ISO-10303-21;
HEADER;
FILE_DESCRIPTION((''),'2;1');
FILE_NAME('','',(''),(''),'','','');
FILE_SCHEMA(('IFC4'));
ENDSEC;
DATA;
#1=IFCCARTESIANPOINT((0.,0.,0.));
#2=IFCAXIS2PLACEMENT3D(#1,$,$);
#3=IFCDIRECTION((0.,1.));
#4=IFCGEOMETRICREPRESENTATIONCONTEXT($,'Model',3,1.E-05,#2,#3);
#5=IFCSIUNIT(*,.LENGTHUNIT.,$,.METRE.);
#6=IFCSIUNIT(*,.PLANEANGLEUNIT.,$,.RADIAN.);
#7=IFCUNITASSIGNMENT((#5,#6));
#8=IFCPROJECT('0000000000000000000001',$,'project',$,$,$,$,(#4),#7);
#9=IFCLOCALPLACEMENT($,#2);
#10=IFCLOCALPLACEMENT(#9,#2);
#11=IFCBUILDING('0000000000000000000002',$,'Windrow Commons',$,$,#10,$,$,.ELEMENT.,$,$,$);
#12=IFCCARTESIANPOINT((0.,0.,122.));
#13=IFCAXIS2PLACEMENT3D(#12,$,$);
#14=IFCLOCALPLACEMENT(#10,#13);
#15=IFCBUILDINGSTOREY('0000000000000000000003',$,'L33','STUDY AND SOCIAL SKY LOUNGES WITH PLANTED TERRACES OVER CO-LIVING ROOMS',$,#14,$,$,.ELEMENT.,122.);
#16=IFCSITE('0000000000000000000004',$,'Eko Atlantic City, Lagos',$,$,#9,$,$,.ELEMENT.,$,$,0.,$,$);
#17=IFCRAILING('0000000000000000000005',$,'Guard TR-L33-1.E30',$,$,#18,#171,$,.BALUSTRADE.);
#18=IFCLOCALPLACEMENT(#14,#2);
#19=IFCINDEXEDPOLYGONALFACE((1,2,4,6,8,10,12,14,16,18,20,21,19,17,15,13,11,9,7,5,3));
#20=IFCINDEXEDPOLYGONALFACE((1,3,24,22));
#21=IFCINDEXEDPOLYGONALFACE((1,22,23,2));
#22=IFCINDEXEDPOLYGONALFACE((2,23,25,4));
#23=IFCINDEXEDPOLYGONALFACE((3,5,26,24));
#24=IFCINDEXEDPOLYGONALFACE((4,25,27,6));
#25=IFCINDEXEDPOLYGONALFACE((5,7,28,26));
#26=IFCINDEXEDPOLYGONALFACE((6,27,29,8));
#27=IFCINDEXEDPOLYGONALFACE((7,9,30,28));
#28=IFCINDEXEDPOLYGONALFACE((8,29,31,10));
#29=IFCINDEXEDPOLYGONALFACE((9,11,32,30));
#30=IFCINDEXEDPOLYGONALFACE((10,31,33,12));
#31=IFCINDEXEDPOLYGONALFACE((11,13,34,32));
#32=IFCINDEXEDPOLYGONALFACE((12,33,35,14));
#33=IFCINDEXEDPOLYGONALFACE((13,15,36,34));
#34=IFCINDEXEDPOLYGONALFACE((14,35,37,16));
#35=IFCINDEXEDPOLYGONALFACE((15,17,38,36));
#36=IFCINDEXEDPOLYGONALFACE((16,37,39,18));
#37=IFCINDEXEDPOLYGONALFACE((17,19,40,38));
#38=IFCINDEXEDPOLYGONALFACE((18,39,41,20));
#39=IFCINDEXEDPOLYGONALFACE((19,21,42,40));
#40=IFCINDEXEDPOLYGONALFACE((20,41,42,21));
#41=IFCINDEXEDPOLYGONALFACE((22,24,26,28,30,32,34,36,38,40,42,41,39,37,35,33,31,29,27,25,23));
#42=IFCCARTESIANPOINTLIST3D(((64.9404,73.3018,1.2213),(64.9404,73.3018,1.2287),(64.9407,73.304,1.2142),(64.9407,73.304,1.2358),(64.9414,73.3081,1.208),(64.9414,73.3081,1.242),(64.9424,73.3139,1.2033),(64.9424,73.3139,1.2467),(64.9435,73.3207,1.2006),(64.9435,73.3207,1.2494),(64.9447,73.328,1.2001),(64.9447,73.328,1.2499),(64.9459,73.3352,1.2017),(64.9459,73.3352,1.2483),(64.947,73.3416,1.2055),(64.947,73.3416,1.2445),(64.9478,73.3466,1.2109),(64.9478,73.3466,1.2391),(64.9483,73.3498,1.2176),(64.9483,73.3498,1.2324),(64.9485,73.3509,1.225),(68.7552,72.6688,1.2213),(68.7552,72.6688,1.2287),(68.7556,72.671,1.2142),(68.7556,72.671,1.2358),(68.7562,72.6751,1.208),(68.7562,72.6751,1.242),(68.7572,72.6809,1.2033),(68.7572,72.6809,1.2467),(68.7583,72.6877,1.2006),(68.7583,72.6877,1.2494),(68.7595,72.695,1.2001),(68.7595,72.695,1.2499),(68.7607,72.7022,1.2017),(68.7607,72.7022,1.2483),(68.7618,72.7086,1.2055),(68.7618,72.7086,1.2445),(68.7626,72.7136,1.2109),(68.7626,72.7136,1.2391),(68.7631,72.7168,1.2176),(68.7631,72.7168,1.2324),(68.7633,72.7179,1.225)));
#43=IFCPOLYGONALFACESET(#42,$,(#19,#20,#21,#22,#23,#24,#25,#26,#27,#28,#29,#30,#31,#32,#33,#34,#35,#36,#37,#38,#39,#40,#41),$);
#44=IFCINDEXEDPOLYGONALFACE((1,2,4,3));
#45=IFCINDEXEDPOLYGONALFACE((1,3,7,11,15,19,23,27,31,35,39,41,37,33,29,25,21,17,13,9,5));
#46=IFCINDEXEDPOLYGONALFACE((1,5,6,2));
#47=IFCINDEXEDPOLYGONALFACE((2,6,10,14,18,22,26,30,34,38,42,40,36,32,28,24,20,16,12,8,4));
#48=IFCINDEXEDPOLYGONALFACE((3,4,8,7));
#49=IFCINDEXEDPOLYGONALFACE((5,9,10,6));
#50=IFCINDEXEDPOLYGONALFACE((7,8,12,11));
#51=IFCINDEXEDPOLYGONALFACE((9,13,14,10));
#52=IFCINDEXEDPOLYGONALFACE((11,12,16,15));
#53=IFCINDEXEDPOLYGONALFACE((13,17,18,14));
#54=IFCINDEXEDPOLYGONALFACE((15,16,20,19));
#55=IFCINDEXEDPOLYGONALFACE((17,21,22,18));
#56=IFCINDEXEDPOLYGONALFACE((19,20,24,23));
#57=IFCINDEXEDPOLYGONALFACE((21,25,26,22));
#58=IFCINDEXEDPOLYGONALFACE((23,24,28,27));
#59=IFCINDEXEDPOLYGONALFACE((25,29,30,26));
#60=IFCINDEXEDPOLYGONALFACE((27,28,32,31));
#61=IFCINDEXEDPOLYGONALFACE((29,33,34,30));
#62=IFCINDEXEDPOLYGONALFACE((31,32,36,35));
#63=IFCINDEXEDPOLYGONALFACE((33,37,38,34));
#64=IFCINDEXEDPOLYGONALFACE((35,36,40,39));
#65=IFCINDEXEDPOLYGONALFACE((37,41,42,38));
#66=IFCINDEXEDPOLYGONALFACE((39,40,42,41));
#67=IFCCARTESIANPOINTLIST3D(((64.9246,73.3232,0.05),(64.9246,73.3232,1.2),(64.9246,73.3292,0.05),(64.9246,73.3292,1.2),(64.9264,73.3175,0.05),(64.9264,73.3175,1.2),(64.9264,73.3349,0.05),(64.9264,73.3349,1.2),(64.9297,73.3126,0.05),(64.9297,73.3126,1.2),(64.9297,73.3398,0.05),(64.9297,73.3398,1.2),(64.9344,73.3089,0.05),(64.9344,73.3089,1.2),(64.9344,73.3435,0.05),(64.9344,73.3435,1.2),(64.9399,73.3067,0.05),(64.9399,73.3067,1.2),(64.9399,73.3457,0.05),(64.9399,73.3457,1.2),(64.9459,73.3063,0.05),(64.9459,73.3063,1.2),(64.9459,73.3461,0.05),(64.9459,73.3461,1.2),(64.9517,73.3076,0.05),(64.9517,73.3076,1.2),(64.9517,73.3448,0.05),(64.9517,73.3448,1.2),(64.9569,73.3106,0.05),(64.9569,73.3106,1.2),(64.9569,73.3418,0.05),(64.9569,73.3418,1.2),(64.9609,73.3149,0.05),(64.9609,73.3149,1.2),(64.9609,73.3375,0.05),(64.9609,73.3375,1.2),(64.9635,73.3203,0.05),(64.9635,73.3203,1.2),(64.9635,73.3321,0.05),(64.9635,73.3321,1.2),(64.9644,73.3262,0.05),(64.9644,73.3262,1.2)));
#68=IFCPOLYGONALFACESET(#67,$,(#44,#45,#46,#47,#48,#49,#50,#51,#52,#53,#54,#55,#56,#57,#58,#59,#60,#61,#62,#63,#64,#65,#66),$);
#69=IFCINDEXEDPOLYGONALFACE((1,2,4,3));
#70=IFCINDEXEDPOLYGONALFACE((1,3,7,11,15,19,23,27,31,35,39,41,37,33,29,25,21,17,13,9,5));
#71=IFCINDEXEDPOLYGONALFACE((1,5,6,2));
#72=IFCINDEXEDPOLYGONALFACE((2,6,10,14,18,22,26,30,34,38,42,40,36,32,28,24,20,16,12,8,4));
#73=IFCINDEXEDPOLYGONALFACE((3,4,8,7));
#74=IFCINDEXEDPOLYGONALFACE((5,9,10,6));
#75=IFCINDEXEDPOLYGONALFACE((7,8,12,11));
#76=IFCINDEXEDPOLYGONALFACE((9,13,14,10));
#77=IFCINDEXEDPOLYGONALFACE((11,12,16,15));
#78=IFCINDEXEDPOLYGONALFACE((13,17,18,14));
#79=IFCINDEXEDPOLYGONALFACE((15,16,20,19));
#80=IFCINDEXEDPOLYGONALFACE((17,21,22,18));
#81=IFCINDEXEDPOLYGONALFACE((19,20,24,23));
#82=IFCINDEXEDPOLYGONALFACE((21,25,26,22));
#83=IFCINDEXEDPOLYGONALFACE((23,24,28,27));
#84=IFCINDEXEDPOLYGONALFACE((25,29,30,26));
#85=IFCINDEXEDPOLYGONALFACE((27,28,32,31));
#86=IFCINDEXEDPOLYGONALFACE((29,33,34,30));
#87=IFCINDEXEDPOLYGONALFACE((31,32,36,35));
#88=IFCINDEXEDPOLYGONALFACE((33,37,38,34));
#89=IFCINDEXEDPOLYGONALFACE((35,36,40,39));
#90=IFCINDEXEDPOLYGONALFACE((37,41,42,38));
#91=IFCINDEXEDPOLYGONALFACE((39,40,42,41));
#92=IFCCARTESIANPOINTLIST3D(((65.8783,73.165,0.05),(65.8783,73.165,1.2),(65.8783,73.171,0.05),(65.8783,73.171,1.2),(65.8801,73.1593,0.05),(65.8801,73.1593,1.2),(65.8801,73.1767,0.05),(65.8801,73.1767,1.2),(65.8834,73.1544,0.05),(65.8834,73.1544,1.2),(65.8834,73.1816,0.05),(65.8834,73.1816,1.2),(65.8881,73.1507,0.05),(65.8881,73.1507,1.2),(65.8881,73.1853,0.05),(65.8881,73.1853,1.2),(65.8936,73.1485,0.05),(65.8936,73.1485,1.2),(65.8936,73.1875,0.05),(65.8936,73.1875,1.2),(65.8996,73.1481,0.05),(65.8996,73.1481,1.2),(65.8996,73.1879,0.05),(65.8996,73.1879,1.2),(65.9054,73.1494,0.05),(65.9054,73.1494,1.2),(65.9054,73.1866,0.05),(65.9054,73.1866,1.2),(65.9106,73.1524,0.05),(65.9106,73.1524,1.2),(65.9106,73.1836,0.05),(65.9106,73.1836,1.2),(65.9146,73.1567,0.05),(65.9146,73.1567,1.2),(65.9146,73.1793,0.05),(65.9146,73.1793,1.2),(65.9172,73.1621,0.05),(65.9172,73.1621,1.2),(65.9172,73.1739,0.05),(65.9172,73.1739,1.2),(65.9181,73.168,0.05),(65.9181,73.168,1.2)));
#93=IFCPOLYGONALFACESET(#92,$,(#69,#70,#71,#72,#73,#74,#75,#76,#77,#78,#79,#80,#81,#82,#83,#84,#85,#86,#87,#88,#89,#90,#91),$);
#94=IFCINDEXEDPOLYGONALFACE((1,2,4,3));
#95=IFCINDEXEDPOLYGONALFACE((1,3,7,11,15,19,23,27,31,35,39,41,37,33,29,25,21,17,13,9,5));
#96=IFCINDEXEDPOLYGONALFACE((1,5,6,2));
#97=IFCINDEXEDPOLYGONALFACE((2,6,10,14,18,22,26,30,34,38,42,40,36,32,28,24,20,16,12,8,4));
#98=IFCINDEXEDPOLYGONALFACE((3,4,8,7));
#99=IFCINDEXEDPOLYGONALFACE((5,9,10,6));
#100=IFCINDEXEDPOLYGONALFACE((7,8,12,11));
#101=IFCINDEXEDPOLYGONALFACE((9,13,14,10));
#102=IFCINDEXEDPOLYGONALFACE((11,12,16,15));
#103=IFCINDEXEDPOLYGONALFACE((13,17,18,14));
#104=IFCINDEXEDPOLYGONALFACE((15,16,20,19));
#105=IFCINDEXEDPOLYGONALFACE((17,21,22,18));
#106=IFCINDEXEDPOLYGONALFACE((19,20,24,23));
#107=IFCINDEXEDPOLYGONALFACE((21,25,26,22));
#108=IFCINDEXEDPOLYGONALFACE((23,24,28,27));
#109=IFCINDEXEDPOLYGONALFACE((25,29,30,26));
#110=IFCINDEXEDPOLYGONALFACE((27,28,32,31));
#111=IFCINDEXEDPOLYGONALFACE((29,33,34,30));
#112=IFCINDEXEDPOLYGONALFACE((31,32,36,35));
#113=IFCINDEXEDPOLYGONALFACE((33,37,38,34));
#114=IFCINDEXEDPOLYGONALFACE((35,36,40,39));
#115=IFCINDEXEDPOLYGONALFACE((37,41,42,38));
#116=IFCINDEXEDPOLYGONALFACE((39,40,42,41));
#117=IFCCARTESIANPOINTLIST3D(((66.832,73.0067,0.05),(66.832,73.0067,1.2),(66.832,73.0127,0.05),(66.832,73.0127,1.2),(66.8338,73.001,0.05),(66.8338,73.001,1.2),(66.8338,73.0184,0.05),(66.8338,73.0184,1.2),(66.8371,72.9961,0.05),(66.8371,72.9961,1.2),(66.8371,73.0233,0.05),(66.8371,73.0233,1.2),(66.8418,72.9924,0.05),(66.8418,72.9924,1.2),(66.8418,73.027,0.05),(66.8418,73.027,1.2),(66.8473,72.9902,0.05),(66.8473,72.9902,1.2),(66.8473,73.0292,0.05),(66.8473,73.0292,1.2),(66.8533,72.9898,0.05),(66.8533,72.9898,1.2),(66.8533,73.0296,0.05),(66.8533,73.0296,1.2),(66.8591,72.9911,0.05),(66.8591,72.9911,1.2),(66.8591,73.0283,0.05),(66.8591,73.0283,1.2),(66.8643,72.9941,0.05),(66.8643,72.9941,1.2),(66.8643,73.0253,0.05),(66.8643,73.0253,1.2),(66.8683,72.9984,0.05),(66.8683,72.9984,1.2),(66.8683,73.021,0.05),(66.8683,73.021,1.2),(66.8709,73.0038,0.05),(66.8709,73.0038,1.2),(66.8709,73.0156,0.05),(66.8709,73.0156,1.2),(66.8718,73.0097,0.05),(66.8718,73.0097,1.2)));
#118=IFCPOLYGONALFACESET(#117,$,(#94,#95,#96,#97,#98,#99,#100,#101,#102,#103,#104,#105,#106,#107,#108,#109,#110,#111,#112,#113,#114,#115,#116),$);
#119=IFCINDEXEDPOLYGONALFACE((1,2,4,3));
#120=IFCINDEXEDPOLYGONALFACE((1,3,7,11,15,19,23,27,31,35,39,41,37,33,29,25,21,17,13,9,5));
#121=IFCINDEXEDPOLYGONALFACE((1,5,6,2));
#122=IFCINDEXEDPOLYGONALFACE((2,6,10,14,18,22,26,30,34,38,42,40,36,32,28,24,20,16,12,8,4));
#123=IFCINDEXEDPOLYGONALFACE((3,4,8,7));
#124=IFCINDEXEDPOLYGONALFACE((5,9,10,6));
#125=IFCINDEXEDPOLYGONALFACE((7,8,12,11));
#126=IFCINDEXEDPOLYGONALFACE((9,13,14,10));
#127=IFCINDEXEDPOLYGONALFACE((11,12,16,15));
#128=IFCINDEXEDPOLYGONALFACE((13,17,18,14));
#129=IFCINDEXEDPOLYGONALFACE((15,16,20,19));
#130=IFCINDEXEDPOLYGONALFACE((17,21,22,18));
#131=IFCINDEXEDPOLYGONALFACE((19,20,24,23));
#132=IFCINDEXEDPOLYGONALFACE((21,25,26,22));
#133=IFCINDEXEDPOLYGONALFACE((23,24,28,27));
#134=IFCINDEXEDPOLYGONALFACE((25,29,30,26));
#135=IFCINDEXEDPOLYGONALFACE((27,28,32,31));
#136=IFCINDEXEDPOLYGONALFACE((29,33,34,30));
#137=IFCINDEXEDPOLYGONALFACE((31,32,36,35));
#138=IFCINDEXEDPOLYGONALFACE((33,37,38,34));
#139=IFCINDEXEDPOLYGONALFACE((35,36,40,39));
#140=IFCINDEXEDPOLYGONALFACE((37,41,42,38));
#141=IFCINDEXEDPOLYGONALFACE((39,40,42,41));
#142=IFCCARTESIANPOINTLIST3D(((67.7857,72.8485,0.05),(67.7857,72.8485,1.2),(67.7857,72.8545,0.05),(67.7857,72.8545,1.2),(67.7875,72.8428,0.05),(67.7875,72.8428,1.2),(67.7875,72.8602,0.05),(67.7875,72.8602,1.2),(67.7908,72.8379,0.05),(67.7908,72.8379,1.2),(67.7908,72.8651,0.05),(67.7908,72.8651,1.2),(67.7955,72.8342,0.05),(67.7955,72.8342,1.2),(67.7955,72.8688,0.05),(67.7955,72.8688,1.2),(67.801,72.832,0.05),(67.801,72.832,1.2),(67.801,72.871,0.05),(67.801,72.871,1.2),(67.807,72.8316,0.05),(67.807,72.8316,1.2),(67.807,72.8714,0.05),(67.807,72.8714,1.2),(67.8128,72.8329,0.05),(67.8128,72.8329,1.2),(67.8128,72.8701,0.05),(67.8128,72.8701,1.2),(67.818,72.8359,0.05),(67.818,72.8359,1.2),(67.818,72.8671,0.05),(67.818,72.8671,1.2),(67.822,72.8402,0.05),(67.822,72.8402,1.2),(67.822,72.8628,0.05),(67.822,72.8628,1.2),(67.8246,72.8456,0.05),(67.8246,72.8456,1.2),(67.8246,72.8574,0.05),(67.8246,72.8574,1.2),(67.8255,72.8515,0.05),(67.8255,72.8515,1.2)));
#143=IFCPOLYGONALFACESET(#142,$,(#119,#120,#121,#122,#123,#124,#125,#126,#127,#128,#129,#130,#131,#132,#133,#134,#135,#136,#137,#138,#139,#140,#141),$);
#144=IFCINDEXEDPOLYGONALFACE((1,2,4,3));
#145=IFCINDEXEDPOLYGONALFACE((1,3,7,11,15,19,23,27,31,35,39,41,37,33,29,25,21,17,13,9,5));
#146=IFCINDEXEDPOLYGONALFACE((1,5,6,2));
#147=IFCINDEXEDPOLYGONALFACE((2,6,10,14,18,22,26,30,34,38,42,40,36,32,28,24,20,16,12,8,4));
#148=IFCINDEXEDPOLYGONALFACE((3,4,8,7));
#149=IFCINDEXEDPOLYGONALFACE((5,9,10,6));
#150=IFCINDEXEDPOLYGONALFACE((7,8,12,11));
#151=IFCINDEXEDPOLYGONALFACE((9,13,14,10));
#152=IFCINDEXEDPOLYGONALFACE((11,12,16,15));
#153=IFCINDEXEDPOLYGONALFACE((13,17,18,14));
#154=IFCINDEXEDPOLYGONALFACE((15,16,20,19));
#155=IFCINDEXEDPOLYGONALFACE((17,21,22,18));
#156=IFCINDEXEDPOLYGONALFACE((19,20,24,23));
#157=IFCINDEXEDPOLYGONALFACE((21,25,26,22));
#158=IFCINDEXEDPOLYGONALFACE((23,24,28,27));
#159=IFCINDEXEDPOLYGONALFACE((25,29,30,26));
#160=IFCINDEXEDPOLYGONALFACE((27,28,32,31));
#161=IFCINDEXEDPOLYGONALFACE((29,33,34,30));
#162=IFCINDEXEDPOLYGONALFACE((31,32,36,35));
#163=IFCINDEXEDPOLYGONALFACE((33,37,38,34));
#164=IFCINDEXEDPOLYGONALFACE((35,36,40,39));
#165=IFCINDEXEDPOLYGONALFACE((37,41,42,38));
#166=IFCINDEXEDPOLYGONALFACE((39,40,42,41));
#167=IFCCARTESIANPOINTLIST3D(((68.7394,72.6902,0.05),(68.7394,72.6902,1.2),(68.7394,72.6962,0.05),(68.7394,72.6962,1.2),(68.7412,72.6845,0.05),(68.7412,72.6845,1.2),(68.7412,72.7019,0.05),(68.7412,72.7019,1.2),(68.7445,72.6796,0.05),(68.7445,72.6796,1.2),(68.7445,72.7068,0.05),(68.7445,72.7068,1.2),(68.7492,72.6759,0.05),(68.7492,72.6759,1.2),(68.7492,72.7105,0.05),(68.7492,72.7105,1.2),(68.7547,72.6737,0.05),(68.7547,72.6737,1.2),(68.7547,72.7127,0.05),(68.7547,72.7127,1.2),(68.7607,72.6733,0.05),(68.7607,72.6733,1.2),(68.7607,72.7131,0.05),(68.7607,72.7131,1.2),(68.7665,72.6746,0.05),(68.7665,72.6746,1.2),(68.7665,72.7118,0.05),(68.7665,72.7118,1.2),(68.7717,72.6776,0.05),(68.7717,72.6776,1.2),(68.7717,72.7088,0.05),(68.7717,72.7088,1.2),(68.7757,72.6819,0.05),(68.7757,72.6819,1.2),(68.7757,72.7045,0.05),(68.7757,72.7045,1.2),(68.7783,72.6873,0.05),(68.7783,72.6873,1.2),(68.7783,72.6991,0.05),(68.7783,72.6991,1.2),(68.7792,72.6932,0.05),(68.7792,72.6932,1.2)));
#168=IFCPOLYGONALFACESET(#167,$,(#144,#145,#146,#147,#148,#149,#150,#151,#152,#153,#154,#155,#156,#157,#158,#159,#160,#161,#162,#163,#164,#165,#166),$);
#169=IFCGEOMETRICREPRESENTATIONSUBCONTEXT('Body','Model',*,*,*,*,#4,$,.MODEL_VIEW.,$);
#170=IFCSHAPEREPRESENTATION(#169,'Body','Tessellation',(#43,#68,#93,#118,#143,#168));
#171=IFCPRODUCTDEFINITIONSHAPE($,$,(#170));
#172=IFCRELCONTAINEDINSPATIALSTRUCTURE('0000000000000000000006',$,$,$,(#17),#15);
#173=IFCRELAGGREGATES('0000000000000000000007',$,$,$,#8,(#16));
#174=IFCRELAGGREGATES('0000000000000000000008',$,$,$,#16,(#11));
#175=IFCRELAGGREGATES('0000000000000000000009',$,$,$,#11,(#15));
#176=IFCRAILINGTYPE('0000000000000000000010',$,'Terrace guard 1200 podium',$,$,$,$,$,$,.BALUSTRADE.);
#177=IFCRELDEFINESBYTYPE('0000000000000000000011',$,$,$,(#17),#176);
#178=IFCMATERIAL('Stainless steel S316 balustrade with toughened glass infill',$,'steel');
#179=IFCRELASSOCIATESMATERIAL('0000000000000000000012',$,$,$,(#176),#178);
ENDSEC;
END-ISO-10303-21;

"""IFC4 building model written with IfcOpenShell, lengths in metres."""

from ifc_helpers import new_model, si_unit, direction, frame, origin, origin_2d, place, context, subcontext, project, spatial, circle, extrude, material, type_object, element, save


model = new_model("IFC4")

# Units and contexts
model_context = context("Model", 3, precision=1e-05, world=origin(), true_north=direction((0.0, 1.0)))
body_context = subcontext(model_context, "Body", "Model", "MODEL_VIEW")
ifc_project = project(units=[si_unit("LENGTHUNIT", "METRE"), si_unit("PLANEANGLEUNIT", "RADIAN")], contexts=[model_context])

# Site, building, storey
site_placement = place(None, origin())
site = spatial("IfcSite", under=ifc_project, at=site_placement, Name="Eko Atlantic City, Lagos", CompositionType="ELEMENT", RefElevation=0.0)
building_placement = place(site_placement, origin())
building = spatial("IfcBuilding", under=site, at=building_placement, Name="Windrow Commons", CompositionType="ELEMENT")
storey_placement = place(building_placement, frame((0.0, 0.0, 122.0)))
storey = spatial("IfcBuildingStorey", under=building, at=storey_placement, Name="L33", Description="STUDY AND SOCIAL SKY LOUNGES WITH PLANTED TERRACES OVER CO-LIVING ROOMS", CompositionType="ELEMENT", Elevation=122.0)

# Railing
ifc_material_1 = material(Name="Stainless steel S316 balustrade with toughened glass infill", Category="steel")
railing_type_1 = type_object("IfcRailingType", Name="Terrace guard 1200 podium", PredefinedType="BALUSTRADE", material=ifc_material_1)
railing_1_placement = place(storey_placement, frame((64.9444, 73.3262, 0.05)))
element("IfcRailing", 1, at=railing_1_placement, inside=storey, type_object=railing_type_1, Name="Guard TR-L33-1.E30", PredefinedType="BALUSTRADE", context=body_context, shape_type="SweptSolid", body=[
    extrude(circle(Radius=0.025, at=origin_2d()), frame((0.0, 0.0, 1.175), z_axis=(0.986511, -0.163694, 0.0), x_axis=(0.163694, 0.986511, 0.0)), (0.0, 0.0, 1.0), 3.867),
    extrude(circle(Radius=0.02, at=origin_2d()), origin(), (0.0, 0.0, 1.0), 1.15),
    extrude(circle(Radius=0.02, at=origin_2d()), frame((0.9537, -0.1582, 0.0)), (0.0, 0.0, 1.0), 1.15),
    extrude(circle(Radius=0.02, at=origin_2d()), frame((1.9074, -0.3165, 0.0)), (0.0, 0.0, 1.0), 1.15),
    extrude(circle(Radius=0.02, at=origin_2d()), frame((2.8611, -0.4747, 0.0)), (0.0, 0.0, 1.0), 1.15),
    extrude(circle(Radius=0.02, at=origin_2d()), frame((3.8148, -0.633, 0.0)), (0.0, 0.0, 1.0), 1.15),
])

save(model, "model.ifc")
